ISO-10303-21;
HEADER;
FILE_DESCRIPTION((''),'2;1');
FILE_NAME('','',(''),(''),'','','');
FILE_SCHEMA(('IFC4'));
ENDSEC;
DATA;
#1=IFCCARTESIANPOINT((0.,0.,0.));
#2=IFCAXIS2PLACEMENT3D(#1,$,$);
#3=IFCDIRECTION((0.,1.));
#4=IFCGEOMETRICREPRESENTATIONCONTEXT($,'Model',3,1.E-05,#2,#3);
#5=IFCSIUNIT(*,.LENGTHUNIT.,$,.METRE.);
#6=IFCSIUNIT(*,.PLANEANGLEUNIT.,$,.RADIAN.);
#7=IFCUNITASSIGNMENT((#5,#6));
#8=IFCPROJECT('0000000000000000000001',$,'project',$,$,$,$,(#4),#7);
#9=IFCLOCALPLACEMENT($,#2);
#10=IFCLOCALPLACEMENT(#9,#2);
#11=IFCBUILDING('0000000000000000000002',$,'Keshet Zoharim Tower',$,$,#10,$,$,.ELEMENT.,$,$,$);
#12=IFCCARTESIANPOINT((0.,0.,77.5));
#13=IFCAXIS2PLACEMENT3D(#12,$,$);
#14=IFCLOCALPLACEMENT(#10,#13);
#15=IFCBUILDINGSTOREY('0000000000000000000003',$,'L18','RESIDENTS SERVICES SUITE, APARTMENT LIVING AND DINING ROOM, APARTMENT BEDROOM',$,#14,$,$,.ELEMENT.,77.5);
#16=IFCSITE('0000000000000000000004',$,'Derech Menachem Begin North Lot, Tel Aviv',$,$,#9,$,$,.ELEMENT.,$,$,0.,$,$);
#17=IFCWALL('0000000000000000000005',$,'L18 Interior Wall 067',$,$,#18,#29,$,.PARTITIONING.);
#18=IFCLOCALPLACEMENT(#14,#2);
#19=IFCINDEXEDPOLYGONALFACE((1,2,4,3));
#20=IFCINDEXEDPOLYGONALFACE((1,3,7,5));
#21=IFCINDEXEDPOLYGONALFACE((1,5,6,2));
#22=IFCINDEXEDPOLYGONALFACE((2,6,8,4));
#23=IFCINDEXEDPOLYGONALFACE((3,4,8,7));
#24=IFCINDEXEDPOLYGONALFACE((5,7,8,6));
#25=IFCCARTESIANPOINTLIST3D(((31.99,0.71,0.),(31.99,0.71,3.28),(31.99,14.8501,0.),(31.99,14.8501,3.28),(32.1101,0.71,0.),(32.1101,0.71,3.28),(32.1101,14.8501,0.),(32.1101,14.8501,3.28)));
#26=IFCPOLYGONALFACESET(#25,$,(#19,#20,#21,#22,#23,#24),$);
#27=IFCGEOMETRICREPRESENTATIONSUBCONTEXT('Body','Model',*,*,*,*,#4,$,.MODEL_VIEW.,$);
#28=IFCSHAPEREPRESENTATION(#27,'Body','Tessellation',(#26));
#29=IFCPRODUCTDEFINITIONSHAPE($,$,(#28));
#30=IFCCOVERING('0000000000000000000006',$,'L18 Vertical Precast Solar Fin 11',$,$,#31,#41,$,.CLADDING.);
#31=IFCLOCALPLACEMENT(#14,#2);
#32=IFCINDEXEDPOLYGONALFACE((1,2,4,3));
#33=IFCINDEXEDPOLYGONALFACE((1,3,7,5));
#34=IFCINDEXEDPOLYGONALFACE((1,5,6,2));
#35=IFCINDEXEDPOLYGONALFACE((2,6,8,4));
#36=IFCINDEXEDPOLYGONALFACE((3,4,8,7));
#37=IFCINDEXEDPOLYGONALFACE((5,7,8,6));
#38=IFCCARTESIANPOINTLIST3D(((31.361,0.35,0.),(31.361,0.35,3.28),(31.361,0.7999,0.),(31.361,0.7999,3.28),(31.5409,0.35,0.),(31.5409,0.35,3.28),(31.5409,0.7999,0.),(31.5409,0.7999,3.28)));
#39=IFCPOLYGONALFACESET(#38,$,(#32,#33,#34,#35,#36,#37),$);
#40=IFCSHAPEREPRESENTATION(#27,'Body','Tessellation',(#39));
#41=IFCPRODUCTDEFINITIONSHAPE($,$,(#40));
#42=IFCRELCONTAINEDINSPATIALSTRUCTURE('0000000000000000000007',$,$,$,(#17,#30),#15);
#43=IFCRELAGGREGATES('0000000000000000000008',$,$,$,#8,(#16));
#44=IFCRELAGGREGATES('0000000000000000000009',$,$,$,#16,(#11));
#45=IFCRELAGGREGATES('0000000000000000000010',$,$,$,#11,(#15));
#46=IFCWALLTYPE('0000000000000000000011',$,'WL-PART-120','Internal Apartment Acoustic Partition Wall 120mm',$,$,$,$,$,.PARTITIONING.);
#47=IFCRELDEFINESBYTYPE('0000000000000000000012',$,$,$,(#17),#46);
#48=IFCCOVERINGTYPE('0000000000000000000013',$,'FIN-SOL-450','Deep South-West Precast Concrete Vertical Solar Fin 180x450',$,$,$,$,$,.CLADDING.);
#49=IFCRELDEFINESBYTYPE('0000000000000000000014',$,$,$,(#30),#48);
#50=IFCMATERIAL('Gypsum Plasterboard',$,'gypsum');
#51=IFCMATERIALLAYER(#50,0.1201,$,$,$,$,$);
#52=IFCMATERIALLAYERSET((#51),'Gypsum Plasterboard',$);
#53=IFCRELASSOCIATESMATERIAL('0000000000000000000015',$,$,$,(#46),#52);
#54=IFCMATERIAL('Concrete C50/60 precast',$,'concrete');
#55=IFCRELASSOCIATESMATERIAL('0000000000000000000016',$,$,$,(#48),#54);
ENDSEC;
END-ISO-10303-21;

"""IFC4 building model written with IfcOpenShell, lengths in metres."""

from ifc_helpers import new_model, si_unit, direction, frame, frame_2d, origin, origin_2d, place, context, subcontext, project, spatial, rectangle, extrude, material, layer, layer_set, type_object, element, save


model = new_model("IFC4")

# Units and contexts
model_context = context("Model", 3, precision=1e-05, world=origin(), true_north=direction((0.0, 1.0)))
body_context = subcontext(model_context, "Body", "Model", "MODEL_VIEW")
ifc_project = project(units=[si_unit("LENGTHUNIT", "METRE"), si_unit("PLANEANGLEUNIT", "RADIAN")], contexts=[model_context])

# Site, building, storey
site_placement = place(None, origin())
site = spatial("IfcSite", under=ifc_project, at=site_placement, Name="Derech Menachem Begin North Lot, Tel Aviv", CompositionType="ELEMENT", RefElevation=0.0)
building_placement = place(site_placement, origin())
building = spatial("IfcBuilding", under=site, at=building_placement, Name="Keshet Zoharim Tower", CompositionType="ELEMENT")
storey_placement = place(building_placement, frame((0.0, 0.0, 77.5)))
storey = spatial("IfcBuildingStorey", under=building, at=storey_placement, Name="L18", Description="RESIDENTS SERVICES SUITE, APARTMENT LIVING AND DINING ROOM, APARTMENT BEDROOM", CompositionType="ELEMENT", Elevation=77.5)

# Wall
ifc_material_1 = material(Name="Gypsum Plasterboard", Category="gypsum")
ifc_layer_1 = layer(ifc_material_1, 0.1201)
ifc_layer_set_1 = layer_set([ifc_layer_1], Name="Gypsum Plasterboard")
wall_type = type_object("IfcWallType", Name="WL-PART-120", Description="Internal Apartment Acoustic Partition Wall 120mm", PredefinedType="PARTITIONING", material=ifc_layer_set_1)
for number, where, z_axis, x_axis, name in (
    (1, (32.05, 0.71, 0.0), (0.0, 0.0, 1.0), (0.0, 1.0, 0.0), "L18 Interior Wall 067"),
):
    element("IfcWall", number, at=place(storey_placement, frame(where, z_axis=z_axis, x_axis=x_axis)), inside=storey, type_object=wall_type, Name=name, PredefinedType="PARTITIONING", context=body_context, shape_type="SweptSolid", body=[
        extrude(rectangle(XDim=14.1401, YDim=0.1201, at=frame_2d((7.0701, 0.0))), origin(), (0.0, 0.0, 1.0), 3.28),
    ])

# Covering
ifc_material_2 = material(Name="Concrete C50/60 precast", Category="concrete")
covering_type = type_object("IfcCoveringType", Name="FIN-SOL-450", Description="Deep South-West Precast Concrete Vertical Solar Fin 180x450", PredefinedType="CLADDING", material=ifc_material_2)
covering_placement = place(storey_placement, frame((31.4509, 0.575, 0.0), z_axis=(0.0, 0.0, 1.0), x_axis=(-1.0, 0.0, 0.0)))
element("IfcCovering", 2, at=covering_placement, inside=storey, type_object=covering_type, Name="L18 Vertical Precast Solar Fin 11", PredefinedType="CLADDING", context=body_context, shape_type="SweptSolid", body=[
    extrude(rectangle(XDim=0.1799, YDim=0.45, at=origin_2d()), origin(), (0.0, 0.0, 1.0), 3.28),
])

save(model, "model.ifc")
